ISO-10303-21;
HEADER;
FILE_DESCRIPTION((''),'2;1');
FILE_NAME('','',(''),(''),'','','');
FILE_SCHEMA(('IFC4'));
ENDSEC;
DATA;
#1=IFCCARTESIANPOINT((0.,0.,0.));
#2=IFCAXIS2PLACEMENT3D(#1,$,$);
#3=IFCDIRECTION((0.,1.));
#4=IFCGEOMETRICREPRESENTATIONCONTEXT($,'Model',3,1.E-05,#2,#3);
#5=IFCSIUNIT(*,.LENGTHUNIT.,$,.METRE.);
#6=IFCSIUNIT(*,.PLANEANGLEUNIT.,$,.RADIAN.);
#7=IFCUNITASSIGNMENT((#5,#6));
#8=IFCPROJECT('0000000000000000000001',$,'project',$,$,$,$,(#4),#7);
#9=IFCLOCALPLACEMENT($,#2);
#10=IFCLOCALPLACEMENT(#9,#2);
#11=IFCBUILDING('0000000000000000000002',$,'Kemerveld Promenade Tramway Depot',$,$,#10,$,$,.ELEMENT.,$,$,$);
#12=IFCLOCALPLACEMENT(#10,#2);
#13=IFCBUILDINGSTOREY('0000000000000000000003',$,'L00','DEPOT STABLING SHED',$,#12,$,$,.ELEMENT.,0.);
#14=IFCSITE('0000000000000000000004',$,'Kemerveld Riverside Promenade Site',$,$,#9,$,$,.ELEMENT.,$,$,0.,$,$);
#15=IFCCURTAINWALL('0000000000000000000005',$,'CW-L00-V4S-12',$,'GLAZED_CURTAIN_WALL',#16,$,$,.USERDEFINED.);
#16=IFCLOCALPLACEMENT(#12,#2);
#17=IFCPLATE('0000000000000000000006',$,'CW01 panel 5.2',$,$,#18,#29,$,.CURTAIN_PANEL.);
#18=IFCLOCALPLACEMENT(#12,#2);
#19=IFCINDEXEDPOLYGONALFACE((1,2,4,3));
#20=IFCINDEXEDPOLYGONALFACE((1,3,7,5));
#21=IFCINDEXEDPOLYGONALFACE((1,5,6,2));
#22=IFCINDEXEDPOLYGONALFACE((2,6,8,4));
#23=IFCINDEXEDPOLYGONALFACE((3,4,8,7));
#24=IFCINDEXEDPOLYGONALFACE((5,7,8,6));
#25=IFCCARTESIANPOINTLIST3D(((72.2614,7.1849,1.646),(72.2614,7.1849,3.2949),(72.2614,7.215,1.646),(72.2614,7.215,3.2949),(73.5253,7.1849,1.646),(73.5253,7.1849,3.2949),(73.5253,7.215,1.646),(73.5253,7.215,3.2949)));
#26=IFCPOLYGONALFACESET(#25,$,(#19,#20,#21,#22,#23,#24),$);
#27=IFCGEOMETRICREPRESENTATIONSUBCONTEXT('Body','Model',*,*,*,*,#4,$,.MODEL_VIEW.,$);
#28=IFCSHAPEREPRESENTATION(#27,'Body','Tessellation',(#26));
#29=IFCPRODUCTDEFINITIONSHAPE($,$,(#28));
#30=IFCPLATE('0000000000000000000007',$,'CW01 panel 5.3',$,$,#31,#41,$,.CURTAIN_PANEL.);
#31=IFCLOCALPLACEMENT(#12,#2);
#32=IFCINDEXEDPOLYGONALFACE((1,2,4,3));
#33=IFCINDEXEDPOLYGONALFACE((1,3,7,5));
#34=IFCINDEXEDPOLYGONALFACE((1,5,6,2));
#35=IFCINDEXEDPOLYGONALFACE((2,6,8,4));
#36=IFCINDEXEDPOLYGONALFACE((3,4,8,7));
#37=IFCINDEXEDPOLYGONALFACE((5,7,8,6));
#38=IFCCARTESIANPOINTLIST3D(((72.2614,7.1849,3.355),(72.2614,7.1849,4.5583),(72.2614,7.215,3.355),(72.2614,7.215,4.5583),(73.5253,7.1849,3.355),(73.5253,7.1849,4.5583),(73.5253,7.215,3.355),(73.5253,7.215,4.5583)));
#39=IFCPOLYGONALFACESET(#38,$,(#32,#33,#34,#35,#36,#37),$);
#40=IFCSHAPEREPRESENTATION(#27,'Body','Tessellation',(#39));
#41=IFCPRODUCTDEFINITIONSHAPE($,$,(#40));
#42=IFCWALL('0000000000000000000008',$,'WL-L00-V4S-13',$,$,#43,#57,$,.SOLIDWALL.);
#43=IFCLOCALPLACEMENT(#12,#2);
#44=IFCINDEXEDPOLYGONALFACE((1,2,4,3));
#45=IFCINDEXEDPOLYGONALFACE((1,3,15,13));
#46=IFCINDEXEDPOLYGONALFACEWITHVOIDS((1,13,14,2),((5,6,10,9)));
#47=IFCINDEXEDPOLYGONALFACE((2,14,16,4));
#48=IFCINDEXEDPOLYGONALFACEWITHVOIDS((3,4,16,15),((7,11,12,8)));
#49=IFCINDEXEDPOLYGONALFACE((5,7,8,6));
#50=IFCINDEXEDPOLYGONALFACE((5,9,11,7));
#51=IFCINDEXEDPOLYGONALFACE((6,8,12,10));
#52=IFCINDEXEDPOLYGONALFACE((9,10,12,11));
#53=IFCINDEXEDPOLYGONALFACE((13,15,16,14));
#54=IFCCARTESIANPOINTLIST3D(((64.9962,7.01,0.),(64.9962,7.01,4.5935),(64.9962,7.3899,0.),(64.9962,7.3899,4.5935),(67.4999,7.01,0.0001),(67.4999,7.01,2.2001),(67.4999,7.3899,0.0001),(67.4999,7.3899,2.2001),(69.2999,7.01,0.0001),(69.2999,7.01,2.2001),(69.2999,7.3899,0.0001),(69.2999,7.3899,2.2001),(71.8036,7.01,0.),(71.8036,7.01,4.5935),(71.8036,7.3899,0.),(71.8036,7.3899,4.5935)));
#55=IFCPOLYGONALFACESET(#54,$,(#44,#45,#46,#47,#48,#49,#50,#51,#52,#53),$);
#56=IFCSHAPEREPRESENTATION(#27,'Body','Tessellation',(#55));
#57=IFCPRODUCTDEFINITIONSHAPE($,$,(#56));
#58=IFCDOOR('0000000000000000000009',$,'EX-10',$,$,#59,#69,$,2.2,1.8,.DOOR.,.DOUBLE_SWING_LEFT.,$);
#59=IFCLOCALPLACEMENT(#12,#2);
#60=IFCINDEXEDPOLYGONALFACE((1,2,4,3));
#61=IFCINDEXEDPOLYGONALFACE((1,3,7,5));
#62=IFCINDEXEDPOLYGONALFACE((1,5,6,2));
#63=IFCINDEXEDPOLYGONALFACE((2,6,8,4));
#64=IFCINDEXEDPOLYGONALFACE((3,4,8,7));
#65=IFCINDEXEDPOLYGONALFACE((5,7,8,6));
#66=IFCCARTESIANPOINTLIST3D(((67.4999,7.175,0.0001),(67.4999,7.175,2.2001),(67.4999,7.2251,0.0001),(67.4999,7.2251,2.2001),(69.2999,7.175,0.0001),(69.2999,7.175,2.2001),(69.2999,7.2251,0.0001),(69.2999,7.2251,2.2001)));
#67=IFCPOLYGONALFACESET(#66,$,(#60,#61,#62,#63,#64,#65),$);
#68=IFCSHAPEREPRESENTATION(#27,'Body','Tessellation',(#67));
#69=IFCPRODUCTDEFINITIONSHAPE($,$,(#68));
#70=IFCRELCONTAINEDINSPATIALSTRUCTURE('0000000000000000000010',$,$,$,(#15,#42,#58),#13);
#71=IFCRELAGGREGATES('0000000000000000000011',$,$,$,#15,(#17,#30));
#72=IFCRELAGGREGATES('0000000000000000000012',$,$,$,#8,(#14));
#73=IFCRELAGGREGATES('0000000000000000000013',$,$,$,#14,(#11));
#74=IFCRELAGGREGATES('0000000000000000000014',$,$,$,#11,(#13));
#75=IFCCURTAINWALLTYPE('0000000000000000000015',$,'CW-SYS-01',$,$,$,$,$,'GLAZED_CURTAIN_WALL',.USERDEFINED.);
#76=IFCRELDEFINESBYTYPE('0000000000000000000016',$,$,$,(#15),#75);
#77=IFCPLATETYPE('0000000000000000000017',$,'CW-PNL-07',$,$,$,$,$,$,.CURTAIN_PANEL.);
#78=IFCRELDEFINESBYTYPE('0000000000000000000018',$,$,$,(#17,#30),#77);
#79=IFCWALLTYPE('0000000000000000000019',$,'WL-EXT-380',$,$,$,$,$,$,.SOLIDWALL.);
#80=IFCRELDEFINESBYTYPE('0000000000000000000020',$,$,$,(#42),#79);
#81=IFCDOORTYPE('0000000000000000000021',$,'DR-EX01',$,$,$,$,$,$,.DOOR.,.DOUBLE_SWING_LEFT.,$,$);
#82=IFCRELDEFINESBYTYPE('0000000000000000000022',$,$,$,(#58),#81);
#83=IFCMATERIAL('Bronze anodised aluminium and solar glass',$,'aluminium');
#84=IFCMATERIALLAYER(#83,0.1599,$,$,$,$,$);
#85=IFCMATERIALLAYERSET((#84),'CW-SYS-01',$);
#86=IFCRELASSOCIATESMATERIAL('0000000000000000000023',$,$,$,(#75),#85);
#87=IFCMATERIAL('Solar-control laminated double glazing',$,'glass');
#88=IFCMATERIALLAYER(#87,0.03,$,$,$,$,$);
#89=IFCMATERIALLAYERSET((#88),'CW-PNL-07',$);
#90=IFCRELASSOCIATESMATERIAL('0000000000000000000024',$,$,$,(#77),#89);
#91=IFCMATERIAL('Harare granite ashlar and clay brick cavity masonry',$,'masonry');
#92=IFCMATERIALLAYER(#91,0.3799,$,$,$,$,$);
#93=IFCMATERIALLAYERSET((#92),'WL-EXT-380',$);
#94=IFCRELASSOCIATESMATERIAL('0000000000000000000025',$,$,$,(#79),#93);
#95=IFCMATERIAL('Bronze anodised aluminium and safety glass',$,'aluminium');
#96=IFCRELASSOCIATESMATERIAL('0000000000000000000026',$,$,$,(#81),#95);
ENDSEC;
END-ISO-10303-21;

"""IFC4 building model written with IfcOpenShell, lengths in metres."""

from ifc_helpers import new_model, si_unit, direction, frame, frame_2d, origin, origin_2d, place, context, subcontext, project, spatial, rectangle, extrude, material, layer, layer_set, type_object, element, fill, aggregate, save


model = new_model("IFC4")

# Units and contexts
model_context = context("Model", 3, precision=1e-05, world=origin(), true_north=direction((0.0, 1.0)))
body_context = subcontext(model_context, "Body", "Model", "MODEL_VIEW")
ifc_project = project(units=[si_unit("LENGTHUNIT", "METRE"), si_unit("PLANEANGLEUNIT", "RADIAN")], contexts=[model_context])

# Site, building, storey
site_placement = place(None, origin())
site = spatial("IfcSite", under=ifc_project, at=site_placement, Name="Kemerveld Riverside Promenade Site", CompositionType="ELEMENT", RefElevation=0.0)
building_placement = place(site_placement, origin())
building = spatial("IfcBuilding", under=site, at=building_placement, Name="Kemerveld Promenade Tramway Depot", CompositionType="ELEMENT")
storey_placement = place(building_placement, origin())
storey = spatial("IfcBuildingStorey", under=building, at=storey_placement, Name="L00", Description="DEPOT STABLING SHED", CompositionType="ELEMENT", Elevation=0.0)

# Curtain wall, plates
ifc_material_1 = material(Name="Bronze anodised aluminium and solar glass", Category="aluminium")
ifc_layer_1 = layer(ifc_material_1, 0.1599)
ifc_layer_set_1 = layer_set([ifc_layer_1], Name="CW-SYS-01")
curtain_wall_type = type_object("IfcCurtainWallType", Name="CW-SYS-01", ElementType="GLAZED_CURTAIN_WALL", PredefinedType="USERDEFINED", material=ifc_layer_set_1)
curtain_wall_placement = place(storey_placement, origin())
curtain_wall = element("IfcCurtainWall", 1, at=curtain_wall_placement, inside=storey, type_object=curtain_wall_type, Name="CW-L00-V4S-12", ObjectType="GLAZED_CURTAIN_WALL", PredefinedType="USERDEFINED")
ifc_material_2 = material(Name="Solar-control laminated double glazing", Category="glass")
ifc_layer_2 = layer(ifc_material_2, 0.03)
ifc_layer_set_2 = layer_set([ifc_layer_2], Name="CW-PNL-07")
plate_type = type_object("IfcPlateType", Name="CW-PNL-07", PredefinedType="CURTAIN_PANEL", material=ifc_layer_set_2)
plate_1_placement = place(storey_placement, frame((72.8933, 7.2, 1.646), z_axis=(0.0, 0.0, 1.0), x_axis=(-1.0, 0.0, 0.0)))
plate_1 = element("IfcPlate", 2, at=plate_1_placement, type_object=plate_type, Name="CW01 panel 5.2", PredefinedType="CURTAIN_PANEL", context=body_context, shape_type="SweptSolid", body=[
    extrude(rectangle(XDim=1.2639, YDim=0.03, at=origin_2d()), origin(), (0.0, 0.0, 1.0), 1.6489),
])
plate_2_placement = place(storey_placement, frame((72.8933, 7.2, 3.355), z_axis=(0.0, 0.0, 1.0), x_axis=(-1.0, 0.0, 0.0)))
plate_2 = element("IfcPlate", 3, at=plate_2_placement, type_object=plate_type, Name="CW01 panel 5.3", PredefinedType="CURTAIN_PANEL", context=body_context, shape_type="SweptSolid", body=[
    extrude(rectangle(XDim=1.2639, YDim=0.03, at=origin_2d()), origin(), (0.0, 0.0, 1.0), 1.2034),
])
aggregate(curtain_wall, [plate_1, plate_2])

# Wall, opening, door
ifc_material_3 = material(Name="Harare granite ashlar and clay brick cavity masonry", Category="masonry")
ifc_layer_3 = layer(ifc_material_3, 0.3799)
ifc_layer_set_3 = layer_set([ifc_layer_3], Name="WL-EXT-380")
wall_type = type_object("IfcWallType", Name="WL-EXT-380", PredefinedType="SOLIDWALL", material=ifc_layer_set_3)
wall_placement = place(storey_placement, frame((71.8037, 7.2, 0.0), z_axis=(0.0, 0.0, 1.0), x_axis=(-1.0, 0.0, 0.0)))
wall = element("IfcWall", 4, at=wall_placement, inside=storey, type_object=wall_type, Name="WL-L00-V4S-13", PredefinedType="SOLIDWALL", context=body_context, shape_type="SweptSolid", body=[
    extrude(rectangle(XDim=6.8074, YDim=0.3799, at=frame_2d((3.4038, 0.0))), origin(), (0.0, 0.0, 1.0), 4.5935),
])
opening_placement = place(wall_placement, frame((2.5039, 0.0, 0.0)))
opening = element("IfcOpeningElement", 5, at=opening_placement, cuts=wall, PredefinedType="OPENING", context=body_context, shape_type="SweptSolid", body=[
    extrude(rectangle(XDim=1.8, YDim=2.2, at=frame_2d((0.8999, 1.1001))), frame((0.0, 0.2, 0.0), z_axis=(0.0, -1.0, 0.0), x_axis=(1.0, 0.0, 0.0)), (0.0, 0.0, 1.0), 0.3999),
])
ifc_material_4 = material(Name="Bronze anodised aluminium and safety glass", Category="aluminium")
door_type = type_object("IfcDoorType", Name="DR-EX01", OperationType="DOUBLE_SWING_LEFT", PredefinedType="DOOR", material=ifc_material_4)
door_placement = place(opening_placement, origin())
door = element("IfcDoor", 6, at=door_placement, inside=storey, type_object=door_type, Name="EX-10", OperationType="DOUBLE_SWING_LEFT", OverallHeight=2.2, OverallWidth=1.8, PredefinedType="DOOR", context=body_context, shape_type="SweptSolid", body=[
    extrude(rectangle(XDim=1.8, YDim=2.2, at=frame_2d((0.8999, 1.1001))), frame((0.0, 0.0249, 0.0), z_axis=(0.0, -1.0, 0.0), x_axis=(1.0, 0.0, 0.0)), (0.0, 0.0, 1.0), 0.05),
])
fill(opening, door)

save(model, "model.ifc")
